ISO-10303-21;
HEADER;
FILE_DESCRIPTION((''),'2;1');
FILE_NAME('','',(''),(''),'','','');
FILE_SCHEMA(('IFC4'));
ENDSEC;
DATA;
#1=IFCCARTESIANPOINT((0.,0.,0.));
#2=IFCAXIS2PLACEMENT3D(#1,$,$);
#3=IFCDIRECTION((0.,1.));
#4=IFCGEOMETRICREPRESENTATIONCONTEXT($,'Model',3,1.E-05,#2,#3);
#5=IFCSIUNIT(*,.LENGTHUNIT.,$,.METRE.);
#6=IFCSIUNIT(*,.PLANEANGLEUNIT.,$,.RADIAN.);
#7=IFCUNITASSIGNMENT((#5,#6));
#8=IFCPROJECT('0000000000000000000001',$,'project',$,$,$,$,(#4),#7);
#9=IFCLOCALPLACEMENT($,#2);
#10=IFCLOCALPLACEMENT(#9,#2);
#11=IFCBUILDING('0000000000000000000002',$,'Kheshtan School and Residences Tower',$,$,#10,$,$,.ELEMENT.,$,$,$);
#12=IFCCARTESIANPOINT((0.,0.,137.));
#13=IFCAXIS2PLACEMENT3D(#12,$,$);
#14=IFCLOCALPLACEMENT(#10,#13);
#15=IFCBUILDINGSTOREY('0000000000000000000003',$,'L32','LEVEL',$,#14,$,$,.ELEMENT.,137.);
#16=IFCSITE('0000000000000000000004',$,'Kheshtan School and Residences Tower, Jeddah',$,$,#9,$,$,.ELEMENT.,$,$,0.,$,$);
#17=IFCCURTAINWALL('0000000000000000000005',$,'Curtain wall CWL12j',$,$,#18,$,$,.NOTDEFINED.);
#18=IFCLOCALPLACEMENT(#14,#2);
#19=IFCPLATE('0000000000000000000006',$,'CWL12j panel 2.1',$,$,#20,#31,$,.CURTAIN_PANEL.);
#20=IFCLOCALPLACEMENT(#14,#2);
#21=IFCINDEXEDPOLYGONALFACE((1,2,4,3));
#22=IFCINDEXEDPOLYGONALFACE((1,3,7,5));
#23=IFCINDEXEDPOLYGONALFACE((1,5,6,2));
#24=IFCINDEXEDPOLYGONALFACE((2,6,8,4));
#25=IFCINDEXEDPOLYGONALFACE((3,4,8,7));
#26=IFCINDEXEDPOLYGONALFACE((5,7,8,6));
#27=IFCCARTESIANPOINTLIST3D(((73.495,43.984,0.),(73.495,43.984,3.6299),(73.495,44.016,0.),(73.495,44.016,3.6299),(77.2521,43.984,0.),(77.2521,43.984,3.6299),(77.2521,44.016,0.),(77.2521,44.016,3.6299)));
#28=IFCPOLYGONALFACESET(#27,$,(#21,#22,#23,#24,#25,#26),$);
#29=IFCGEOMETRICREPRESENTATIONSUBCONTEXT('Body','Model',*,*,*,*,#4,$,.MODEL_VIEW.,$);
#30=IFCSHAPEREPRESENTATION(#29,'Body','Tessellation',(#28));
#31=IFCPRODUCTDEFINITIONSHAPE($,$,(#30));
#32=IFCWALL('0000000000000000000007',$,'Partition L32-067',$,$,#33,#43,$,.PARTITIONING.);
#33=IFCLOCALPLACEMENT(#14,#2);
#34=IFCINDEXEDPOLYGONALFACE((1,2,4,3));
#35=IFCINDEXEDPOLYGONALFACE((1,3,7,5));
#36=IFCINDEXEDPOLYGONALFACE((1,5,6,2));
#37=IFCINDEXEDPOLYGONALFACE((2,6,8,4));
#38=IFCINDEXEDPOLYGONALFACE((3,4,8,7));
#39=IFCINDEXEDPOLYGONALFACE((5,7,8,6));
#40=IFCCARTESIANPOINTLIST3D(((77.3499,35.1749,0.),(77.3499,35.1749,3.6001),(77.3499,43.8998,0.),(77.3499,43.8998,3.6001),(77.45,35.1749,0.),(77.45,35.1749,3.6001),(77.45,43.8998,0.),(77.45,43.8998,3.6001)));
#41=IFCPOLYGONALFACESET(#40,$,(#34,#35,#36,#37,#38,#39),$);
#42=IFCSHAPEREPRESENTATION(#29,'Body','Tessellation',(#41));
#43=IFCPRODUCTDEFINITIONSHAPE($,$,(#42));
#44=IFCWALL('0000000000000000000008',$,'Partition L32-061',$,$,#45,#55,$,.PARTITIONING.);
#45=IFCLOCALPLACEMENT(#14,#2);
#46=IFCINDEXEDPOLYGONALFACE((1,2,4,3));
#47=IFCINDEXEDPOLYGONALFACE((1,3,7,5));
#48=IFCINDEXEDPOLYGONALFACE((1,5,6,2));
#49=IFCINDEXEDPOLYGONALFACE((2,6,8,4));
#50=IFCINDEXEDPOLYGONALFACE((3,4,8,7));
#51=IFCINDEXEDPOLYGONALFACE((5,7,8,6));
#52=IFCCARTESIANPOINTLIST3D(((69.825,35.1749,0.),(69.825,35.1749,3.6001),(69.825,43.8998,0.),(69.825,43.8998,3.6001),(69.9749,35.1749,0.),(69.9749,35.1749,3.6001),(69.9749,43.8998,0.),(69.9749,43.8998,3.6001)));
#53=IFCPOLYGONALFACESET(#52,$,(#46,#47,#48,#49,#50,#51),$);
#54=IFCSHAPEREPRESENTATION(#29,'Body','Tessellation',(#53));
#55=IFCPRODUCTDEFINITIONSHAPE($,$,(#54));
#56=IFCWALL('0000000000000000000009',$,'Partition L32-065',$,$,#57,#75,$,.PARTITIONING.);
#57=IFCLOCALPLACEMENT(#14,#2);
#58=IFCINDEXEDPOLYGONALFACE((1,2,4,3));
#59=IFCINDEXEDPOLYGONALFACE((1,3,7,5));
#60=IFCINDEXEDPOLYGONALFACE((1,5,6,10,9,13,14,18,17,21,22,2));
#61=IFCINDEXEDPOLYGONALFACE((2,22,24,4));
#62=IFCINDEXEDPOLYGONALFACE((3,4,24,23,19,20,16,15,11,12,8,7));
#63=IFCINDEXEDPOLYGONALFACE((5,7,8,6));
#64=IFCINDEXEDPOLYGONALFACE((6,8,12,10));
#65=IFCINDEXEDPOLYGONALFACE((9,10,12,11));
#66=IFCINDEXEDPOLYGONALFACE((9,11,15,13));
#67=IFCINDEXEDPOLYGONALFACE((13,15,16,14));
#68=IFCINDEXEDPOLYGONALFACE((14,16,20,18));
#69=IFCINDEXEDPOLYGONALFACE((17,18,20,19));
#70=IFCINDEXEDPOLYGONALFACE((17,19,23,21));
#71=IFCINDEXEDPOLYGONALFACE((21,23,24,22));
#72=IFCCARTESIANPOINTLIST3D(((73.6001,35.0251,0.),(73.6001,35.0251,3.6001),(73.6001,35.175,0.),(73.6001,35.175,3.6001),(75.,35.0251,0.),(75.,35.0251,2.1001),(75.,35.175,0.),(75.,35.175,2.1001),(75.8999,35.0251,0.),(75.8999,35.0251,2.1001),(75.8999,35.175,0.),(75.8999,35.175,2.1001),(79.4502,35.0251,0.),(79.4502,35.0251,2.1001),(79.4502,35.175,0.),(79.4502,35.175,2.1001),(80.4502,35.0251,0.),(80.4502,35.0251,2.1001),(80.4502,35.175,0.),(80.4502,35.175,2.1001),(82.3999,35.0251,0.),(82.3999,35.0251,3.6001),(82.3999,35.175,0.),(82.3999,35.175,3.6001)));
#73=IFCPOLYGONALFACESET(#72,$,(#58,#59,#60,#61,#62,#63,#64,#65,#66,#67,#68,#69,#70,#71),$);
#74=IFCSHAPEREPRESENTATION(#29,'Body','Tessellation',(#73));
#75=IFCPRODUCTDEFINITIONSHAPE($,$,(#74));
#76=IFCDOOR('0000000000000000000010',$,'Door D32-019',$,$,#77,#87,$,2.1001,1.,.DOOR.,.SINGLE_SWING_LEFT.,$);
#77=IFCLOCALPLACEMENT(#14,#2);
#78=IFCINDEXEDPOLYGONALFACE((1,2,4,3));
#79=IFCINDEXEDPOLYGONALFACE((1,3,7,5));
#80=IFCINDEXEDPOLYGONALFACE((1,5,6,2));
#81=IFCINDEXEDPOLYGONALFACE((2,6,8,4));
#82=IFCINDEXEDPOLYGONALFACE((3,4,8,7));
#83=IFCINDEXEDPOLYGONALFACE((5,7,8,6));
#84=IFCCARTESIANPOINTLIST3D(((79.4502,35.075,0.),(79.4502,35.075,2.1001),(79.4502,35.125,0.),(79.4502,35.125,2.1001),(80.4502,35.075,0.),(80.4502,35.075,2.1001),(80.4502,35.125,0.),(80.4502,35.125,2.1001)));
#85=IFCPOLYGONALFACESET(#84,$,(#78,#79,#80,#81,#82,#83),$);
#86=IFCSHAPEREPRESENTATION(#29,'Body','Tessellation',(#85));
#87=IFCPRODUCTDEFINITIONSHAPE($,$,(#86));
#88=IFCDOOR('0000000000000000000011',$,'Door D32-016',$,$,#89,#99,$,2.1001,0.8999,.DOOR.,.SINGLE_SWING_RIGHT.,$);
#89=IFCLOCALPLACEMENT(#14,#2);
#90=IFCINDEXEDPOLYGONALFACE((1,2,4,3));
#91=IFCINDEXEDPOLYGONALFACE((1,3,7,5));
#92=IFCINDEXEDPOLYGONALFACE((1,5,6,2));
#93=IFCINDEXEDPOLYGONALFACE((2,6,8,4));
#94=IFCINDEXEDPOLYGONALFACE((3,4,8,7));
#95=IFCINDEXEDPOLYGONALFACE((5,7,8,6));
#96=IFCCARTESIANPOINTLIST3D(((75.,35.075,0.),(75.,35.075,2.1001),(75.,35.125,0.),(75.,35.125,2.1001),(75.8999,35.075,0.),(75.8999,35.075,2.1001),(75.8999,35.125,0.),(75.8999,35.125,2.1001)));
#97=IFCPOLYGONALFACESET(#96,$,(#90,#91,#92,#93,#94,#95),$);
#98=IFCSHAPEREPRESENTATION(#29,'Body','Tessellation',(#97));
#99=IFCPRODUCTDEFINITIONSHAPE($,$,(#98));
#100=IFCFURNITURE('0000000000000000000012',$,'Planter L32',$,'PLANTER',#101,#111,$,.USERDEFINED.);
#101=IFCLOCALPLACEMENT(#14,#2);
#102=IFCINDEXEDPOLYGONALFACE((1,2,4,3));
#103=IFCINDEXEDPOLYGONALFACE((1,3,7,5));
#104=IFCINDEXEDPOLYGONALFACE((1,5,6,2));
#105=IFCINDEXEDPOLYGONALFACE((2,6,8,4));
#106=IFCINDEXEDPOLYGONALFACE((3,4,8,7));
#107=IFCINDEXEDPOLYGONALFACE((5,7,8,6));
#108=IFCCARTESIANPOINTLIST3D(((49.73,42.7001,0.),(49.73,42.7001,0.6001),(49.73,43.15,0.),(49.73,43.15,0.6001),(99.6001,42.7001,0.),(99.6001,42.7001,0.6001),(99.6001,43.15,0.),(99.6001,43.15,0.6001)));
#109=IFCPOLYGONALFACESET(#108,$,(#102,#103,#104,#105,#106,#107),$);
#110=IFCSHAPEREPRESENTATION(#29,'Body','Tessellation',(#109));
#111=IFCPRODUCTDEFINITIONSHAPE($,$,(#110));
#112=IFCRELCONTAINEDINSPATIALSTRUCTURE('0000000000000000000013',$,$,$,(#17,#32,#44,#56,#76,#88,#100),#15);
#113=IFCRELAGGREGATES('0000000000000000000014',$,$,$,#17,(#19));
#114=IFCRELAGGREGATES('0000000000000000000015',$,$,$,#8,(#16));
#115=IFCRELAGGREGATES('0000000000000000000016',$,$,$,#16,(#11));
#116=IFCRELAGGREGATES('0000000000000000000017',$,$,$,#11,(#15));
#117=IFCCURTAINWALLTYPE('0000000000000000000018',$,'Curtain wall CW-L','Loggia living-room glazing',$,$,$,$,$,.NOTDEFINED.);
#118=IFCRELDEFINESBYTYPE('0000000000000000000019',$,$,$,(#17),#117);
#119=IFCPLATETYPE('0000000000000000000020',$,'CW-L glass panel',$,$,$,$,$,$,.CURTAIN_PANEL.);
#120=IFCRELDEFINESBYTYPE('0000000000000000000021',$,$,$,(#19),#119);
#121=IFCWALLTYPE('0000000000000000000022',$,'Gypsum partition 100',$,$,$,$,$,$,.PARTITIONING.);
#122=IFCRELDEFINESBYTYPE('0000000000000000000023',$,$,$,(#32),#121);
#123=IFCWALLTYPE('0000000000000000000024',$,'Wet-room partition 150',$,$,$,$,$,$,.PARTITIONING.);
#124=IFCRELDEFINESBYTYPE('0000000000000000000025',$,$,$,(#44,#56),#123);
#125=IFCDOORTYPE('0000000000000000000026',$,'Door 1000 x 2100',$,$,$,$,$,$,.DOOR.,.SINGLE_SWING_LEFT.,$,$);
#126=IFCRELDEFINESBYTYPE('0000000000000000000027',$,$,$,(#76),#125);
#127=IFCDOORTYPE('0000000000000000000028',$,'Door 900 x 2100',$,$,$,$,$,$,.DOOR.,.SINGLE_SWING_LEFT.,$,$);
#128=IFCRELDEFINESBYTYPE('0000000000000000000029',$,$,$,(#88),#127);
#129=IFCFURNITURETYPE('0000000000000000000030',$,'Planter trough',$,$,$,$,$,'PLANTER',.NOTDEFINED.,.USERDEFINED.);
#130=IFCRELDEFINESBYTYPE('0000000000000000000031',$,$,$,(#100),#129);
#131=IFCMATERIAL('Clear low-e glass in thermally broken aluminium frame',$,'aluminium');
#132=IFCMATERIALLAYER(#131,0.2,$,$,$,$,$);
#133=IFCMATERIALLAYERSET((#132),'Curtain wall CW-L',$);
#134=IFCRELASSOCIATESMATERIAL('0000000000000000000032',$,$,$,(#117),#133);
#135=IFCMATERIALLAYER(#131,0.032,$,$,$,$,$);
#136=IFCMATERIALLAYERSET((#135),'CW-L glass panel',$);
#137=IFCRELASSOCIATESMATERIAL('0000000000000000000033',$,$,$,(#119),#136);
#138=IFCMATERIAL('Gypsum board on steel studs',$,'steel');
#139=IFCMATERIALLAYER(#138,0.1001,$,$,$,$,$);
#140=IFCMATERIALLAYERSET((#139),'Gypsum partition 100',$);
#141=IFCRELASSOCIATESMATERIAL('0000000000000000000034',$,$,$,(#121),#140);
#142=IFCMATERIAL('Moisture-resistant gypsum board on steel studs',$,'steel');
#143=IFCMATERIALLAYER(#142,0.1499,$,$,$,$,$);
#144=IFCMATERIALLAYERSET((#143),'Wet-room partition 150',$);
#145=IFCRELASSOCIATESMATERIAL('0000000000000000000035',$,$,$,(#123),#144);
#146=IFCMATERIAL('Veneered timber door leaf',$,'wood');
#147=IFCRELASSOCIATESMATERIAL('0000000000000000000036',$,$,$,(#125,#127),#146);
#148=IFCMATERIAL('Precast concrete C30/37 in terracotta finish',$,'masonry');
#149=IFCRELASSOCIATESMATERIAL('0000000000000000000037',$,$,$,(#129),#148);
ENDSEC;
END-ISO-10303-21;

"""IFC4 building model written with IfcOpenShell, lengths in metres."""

from ifc_helpers import new_model, si_unit, direction, frame, frame_2d, origin, origin_2d, place, context, subcontext, project, spatial, rectangle, extrude, source, transform, mapped, material, layer, layer_set, type_object, element, fill, aggregate, save


model = new_model("IFC4")

# Units and contexts
model_context = context("Model", 3, precision=1e-05, world=origin(), true_north=direction((0.0, 1.0)))
body_context = subcontext(model_context, "Body", "Model", "MODEL_VIEW")
ifc_project = project(units=[si_unit("LENGTHUNIT", "METRE"), si_unit("PLANEANGLEUNIT", "RADIAN")], contexts=[model_context])

# Site, building, storey
site_placement = place(None, origin())
site = spatial("IfcSite", under=ifc_project, at=site_placement, Name="Kheshtan School and Residences Tower, Jeddah", CompositionType="ELEMENT", RefElevation=0.0)
building_placement = place(site_placement, origin())
building = spatial("IfcBuilding", under=site, at=building_placement, Name="Kheshtan School and Residences Tower", CompositionType="ELEMENT")
storey_placement = place(building_placement, frame((0.0, 0.0, 137.0)))
storey = spatial("IfcBuildingStorey", under=building, at=storey_placement, Name="L32", Description="LEVEL", CompositionType="ELEMENT", Elevation=137.0)

# Curtain wall, plate
ifc_material_1 = material(Name="Clear low-e glass in thermally broken aluminium frame", Category="aluminium")
ifc_layer_1 = layer(ifc_material_1, 0.2)
ifc_layer_set_1 = layer_set([ifc_layer_1], Name="Curtain wall CW-L")
curtain_wall_type = type_object("IfcCurtainWallType", Name="Curtain wall CW-L", Description="Loggia living-room glazing", PredefinedType="NOTDEFINED", material=ifc_layer_set_1)
curtain_wall_placement = place(storey_placement, origin())
curtain_wall = element("IfcCurtainWall", 1, at=curtain_wall_placement, inside=storey, type_object=curtain_wall_type, Name="Curtain wall CWL12j", PredefinedType="NOTDEFINED")
ifc_layer_2 = layer(ifc_material_1, 0.032)
ifc_layer_set_2 = layer_set([ifc_layer_2], Name="CW-L glass panel")
plate_type = type_object("IfcPlateType", Name="CW-L glass panel", PredefinedType="CURTAIN_PANEL", material=ifc_layer_set_2)
plate_1_placement = place(storey_placement, frame((75.3735, 44.0, 0.0), z_axis=(0.0, 0.0, 1.0), x_axis=(1.0, 0.0, 0.0)))
plate_1 = element("IfcPlate", 2, at=plate_1_placement, type_object=plate_type, Name="CWL12j panel 2.1", PredefinedType="CURTAIN_PANEL", context=body_context, shape_type="SweptSolid", body=[
    extrude(rectangle(XDim=3.7571, YDim=0.032, at=origin_2d()), origin(), (0.0, 0.0, 1.0), 3.6299),
])
aggregate(curtain_wall, [plate_1])

# Walls
ifc_material_2 = material(Name="Gypsum board on steel studs", Category="steel")
ifc_layer_3 = layer(ifc_material_2, 0.1001)
ifc_layer_set_3 = layer_set([ifc_layer_3], Name="Gypsum partition 100")
wall_type_1 = type_object("IfcWallType", Name="Gypsum partition 100", PredefinedType="PARTITIONING", material=ifc_layer_set_3)
wall_1_placement = place(storey_placement, frame((77.3999, 35.175, 0.0), z_axis=(0.0, 0.0, 1.0), x_axis=(0.0, 1.0, 0.0)))
element("IfcWall", 3, at=wall_1_placement, inside=storey, type_object=wall_type_1, Name="Partition L32-067", PredefinedType="PARTITIONING", context=body_context, shape_type="SweptSolid", body=[
    extrude(rectangle(XDim=8.7249, YDim=0.1001, at=frame_2d((4.3623, 0.0))), origin(), (0.0, 0.0, 1.0), 3.6001),
])
ifc_material_3 = material(Name="Moisture-resistant gypsum board on steel studs", Category="steel")
ifc_layer_4 = layer(ifc_material_3, 0.1499)
ifc_layer_set_4 = layer_set([ifc_layer_4], Name="Wet-room partition 150")
wall_type_2 = type_object("IfcWallType", Name="Wet-room partition 150", PredefinedType="PARTITIONING", material=ifc_layer_set_4)
wall_2_placement = place(storey_placement, frame((69.8999, 35.175, 0.0), z_axis=(0.0, 0.0, 1.0), x_axis=(0.0, 1.0, 0.0)))
element("IfcWall", 4, at=wall_2_placement, inside=storey, type_object=wall_type_2, Name="Partition L32-061", PredefinedType="PARTITIONING", context=body_context, shape_type="SweptSolid", body=[
    extrude(rectangle(XDim=8.7249, YDim=0.1499, at=frame_2d((4.3623, 0.0))), origin(), (0.0, 0.0, 1.0), 3.6001),
])

# Wall, openings, doors
wall_3_placement = place(storey_placement, frame((73.6001, 35.1001, 0.0), z_axis=(0.0, 0.0, 1.0), x_axis=(1.0, 0.0, 0.0)))
wall_3 = element("IfcWall", 5, at=wall_3_placement, inside=storey, type_object=wall_type_2, Name="Partition L32-065", PredefinedType="PARTITIONING", context=body_context, shape_type="SweptSolid", body=[
    extrude(rectangle(XDim=8.7998, YDim=0.1499, at=frame_2d((4.3999, 0.0))), origin(), (0.0, 0.0, 1.0), 3.6001),
])
opening_1_placement = place(wall_3_placement, frame((1.3999, 0.0, 0.0)))
opening_1 = element("IfcOpeningElement", 6, at=opening_1_placement, cuts=wall_3, PredefinedType="OPENING", context=body_context, shape_type="SweptSolid", body=[
    extrude(rectangle(XDim=0.8999, YDim=2.1001, at=frame_2d((0.45, 1.05))), frame((0.0, 0.085, 0.0), z_axis=(0.0, -1.0, 0.0), x_axis=(1.0, 0.0, 0.0)), (0.0, 0.0, 1.0), 0.1699),
])
opening_2_placement = place(wall_3_placement, frame((5.8501, 0.0, 0.0)))
opening_2 = element("IfcOpeningElement", 7, at=opening_2_placement, cuts=wall_3, PredefinedType="OPENING", context=body_context, shape_type="SweptSolid", body=[
    extrude(rectangle(XDim=1.0, YDim=2.1001, at=frame_2d((0.5, 1.05))), frame((0.0, 0.085, 0.0), z_axis=(0.0, -1.0, 0.0), x_axis=(1.0, 0.0, 0.0)), (0.0, 0.0, 1.0), 0.1699),
])
ifc_material_4 = material(Name="Veneered timber door leaf", Category="wood")
door_type_1 = type_object("IfcDoorType", Name="Door 1000 x 2100", OperationType="SINGLE_SWING_LEFT", PredefinedType="DOOR", material=ifc_material_4)
shared_shape_1 = source(origin(), body_context, "Body", "SweptSolid", [
    extrude(rectangle(XDim=1.0, YDim=2.1001, at=frame_2d((0.5, 1.05))), frame((0.0, 0.0249, 0.0), z_axis=(0.0, -1.0, 0.0), x_axis=(1.0, 0.0, 0.0)), (0.0, 0.0, 1.0), 0.05),
])
door_1_placement = place(opening_2_placement, origin())
door_1 = element("IfcDoor", 8, at=door_1_placement, inside=storey, type_object=door_type_1, Name="Door D32-019", OperationType="SINGLE_SWING_LEFT", OverallHeight=2.1001, OverallWidth=1.0, PredefinedType="DOOR", context=body_context, shape_type="MappedRepresentation", body=[
    mapped(shared_shape_1, transform((0.0, 0.0, 0.0), x_axis=(1.0, 0.0, 0.0), y_axis=(0.0, 1.0, 0.0), z_axis=(0.0, 0.0, 1.0), scale=1.0)),
])
fill(opening_2, door_1)
door_type_2 = type_object("IfcDoorType", Name="Door 900 x 2100", OperationType="SINGLE_SWING_LEFT", PredefinedType="DOOR", material=ifc_material_4)
shared_shape_2 = source(origin(), body_context, "Body", "SweptSolid", [
    extrude(rectangle(XDim=0.8999, YDim=2.1001, at=frame_2d((0.45, 1.05))), frame((0.0, 0.0249, 0.0), z_axis=(0.0, -1.0, 0.0), x_axis=(1.0, 0.0, 0.0)), (0.0, 0.0, 1.0), 0.05),
])
door_2_placement = place(opening_1_placement, origin())
door_2 = element("IfcDoor", 9, at=door_2_placement, inside=storey, type_object=door_type_2, Name="Door D32-016", OperationType="SINGLE_SWING_RIGHT", OverallHeight=2.1001, OverallWidth=0.8999, PredefinedType="DOOR", context=body_context, shape_type="MappedRepresentation", body=[
    mapped(shared_shape_2, transform((0.0, 0.0, 0.0), x_axis=(1.0, 0.0, 0.0), y_axis=(0.0, 1.0, 0.0), z_axis=(0.0, 0.0, 1.0), scale=1.0)),
])
fill(opening_1, door_2)

# Furniture
ifc_material_5 = material(Name="Precast concrete C30/37 in terracotta finish", Category="masonry")
furniture_type = type_object("IfcFurnitureType", Name="Planter trough", ElementType="PLANTER", AssemblyPlace="NOTDEFINED", PredefinedType="USERDEFINED", material=ifc_material_5)
furniture_placement = place(storey_placement, frame((74.665, 42.925, 0.0), z_axis=(0.0, 0.0, 1.0), x_axis=(1.0, 0.0, 0.0)))
element("IfcFurniture", 10, at=furniture_placement, inside=storey, type_object=furniture_type, Name="Planter L32", ObjectType="PLANTER", PredefinedType="USERDEFINED", context=body_context, shape_type="SweptSolid", body=[
    extrude(rectangle(XDim=49.8701, YDim=0.45, at=origin_2d()), origin(), (0.0, 0.0, 1.0), 0.6001),
])

save(model, "model.ifc")
